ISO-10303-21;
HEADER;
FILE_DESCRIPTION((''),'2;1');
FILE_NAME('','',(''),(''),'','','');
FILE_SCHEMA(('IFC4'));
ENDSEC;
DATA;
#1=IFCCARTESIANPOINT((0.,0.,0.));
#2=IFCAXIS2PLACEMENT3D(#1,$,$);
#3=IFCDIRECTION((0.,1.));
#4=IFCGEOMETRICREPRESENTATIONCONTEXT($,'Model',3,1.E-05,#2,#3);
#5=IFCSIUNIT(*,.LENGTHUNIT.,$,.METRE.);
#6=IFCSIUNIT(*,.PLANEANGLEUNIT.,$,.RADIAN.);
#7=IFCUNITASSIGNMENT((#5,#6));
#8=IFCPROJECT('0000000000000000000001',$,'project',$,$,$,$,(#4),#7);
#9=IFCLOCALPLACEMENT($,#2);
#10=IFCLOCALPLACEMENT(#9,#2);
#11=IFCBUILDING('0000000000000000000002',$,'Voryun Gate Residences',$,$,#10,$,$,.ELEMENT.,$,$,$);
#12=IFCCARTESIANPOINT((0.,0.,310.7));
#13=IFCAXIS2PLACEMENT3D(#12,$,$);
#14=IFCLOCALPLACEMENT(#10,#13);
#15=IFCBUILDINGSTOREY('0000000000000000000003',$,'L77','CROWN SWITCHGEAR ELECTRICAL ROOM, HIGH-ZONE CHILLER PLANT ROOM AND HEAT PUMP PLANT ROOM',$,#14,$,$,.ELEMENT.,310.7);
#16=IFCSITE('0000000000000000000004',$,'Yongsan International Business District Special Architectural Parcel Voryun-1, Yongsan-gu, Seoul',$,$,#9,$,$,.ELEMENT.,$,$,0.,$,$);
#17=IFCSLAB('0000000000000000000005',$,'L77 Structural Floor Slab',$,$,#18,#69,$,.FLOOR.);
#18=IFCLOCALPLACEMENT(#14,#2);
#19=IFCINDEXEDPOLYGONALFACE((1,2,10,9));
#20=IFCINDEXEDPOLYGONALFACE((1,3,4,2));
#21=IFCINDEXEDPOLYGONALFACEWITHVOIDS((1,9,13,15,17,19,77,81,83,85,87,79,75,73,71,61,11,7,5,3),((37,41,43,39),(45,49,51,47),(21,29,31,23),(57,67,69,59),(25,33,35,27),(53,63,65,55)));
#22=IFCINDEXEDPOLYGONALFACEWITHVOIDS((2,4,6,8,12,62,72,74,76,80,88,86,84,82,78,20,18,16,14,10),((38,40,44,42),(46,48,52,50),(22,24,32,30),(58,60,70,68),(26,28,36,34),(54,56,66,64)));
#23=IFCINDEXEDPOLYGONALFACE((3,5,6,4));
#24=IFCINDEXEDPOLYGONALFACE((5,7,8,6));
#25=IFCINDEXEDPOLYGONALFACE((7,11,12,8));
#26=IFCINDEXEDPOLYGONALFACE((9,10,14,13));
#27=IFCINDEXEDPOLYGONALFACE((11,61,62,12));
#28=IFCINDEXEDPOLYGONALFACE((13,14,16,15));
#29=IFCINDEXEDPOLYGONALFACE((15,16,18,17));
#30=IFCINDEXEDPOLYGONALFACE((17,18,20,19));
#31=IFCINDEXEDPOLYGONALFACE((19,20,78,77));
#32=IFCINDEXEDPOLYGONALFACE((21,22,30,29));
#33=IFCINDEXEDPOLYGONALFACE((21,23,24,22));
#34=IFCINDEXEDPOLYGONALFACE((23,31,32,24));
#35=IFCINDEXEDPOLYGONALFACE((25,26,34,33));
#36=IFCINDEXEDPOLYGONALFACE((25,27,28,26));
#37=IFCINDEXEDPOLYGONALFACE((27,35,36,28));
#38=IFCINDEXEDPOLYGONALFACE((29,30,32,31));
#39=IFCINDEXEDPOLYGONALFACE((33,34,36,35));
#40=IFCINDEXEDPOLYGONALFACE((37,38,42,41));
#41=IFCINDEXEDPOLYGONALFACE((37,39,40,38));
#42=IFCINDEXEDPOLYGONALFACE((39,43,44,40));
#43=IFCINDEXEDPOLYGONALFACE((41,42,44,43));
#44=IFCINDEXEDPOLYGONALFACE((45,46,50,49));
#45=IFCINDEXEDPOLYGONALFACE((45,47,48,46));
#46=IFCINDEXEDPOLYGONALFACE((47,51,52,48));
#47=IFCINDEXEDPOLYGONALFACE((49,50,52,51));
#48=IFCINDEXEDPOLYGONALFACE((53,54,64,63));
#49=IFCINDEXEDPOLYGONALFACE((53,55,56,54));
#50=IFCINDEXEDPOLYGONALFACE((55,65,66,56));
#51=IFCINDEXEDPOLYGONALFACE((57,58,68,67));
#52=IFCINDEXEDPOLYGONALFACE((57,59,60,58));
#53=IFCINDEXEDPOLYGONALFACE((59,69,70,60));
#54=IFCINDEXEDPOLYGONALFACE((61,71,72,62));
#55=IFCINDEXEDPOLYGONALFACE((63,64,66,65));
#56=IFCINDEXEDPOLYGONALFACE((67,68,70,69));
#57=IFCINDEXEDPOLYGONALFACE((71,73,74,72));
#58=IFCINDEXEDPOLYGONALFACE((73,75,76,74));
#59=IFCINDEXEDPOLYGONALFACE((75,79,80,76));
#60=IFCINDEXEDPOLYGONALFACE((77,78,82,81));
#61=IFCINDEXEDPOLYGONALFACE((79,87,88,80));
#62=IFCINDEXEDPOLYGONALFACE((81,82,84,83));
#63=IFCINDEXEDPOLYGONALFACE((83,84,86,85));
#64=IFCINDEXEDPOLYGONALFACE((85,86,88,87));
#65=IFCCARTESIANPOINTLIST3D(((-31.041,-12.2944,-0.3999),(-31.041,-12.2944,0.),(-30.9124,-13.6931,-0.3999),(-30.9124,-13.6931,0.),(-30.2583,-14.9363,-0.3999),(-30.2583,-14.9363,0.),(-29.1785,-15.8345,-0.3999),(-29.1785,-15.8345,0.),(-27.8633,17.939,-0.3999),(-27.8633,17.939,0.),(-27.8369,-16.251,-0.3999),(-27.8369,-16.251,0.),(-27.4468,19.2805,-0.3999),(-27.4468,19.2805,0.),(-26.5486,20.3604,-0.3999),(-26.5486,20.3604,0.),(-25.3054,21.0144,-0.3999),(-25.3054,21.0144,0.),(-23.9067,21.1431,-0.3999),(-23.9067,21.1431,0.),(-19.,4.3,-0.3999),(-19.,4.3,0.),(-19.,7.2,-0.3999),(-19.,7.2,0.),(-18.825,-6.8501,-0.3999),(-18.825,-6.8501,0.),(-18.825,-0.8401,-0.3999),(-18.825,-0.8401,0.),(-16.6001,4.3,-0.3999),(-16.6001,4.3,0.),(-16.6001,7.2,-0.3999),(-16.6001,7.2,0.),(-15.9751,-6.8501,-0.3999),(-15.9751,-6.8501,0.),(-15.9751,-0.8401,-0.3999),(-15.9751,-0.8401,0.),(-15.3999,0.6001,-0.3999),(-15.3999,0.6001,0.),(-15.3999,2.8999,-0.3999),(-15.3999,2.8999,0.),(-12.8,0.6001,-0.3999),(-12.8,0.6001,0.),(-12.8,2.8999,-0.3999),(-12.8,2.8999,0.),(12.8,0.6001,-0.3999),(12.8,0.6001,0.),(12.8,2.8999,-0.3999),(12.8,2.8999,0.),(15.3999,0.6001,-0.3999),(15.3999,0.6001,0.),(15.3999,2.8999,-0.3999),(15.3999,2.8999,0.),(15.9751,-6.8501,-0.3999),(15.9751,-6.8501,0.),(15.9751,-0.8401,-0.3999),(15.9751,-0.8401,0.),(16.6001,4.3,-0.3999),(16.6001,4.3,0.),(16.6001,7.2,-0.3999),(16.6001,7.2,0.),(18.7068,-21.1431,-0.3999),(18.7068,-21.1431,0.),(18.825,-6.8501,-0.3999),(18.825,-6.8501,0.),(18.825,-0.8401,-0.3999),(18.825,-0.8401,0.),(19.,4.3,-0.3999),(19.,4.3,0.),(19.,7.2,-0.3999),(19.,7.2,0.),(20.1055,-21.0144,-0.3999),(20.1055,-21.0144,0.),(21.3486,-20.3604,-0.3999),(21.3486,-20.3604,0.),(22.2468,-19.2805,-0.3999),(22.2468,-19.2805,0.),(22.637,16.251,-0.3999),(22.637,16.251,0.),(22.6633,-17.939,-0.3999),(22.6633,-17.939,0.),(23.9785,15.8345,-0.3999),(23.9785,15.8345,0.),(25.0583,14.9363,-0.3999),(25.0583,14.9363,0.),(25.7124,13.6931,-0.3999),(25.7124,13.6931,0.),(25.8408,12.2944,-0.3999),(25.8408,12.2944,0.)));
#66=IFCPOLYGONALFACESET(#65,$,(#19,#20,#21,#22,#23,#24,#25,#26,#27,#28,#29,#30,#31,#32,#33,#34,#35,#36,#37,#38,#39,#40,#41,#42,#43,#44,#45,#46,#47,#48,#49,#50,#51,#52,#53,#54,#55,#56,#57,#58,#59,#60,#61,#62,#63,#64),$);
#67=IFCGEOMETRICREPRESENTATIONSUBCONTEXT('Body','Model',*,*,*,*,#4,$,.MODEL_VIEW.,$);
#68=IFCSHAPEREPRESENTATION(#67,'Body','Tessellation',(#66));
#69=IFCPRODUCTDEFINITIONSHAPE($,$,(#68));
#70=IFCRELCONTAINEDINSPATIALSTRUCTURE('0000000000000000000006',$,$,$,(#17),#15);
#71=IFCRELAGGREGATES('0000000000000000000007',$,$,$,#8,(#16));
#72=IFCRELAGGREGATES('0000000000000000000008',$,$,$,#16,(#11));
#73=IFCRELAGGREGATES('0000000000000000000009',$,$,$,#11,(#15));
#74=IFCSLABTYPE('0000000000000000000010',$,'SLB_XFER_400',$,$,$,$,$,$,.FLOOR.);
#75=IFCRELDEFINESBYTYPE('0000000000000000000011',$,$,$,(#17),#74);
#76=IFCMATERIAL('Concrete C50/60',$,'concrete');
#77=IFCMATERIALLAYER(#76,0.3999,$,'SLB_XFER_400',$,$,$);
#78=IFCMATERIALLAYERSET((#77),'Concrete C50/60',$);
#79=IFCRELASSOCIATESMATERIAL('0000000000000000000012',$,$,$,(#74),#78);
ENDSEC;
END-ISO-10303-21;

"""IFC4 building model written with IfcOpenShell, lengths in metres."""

from ifc_helpers import new_model, si_unit, direction, frame, origin, place, context, subcontext, project, spatial, polyline, outline, extrude, material, layer, layer_set, type_object, element, save


model = new_model("IFC4")

# Units and contexts
model_context = context("Model", 3, precision=1e-05, world=origin(), true_north=direction((0.0, 1.0)))
body_context = subcontext(model_context, "Body", "Model", "MODEL_VIEW")
ifc_project = project(units=[si_unit("LENGTHUNIT", "METRE"), si_unit("PLANEANGLEUNIT", "RADIAN")], contexts=[model_context])

# Site, building, storey
site_placement = place(None, origin())
site = spatial("IfcSite", under=ifc_project, at=site_placement, Name="Yongsan International Business District Special Architectural Parcel Voryun-1, Yongsan-gu, Seoul", CompositionType="ELEMENT", RefElevation=0.0)
building_placement = place(site_placement, origin())
building = spatial("IfcBuilding", under=site, at=building_placement, Name="Voryun Gate Residences", CompositionType="ELEMENT")
storey_placement = place(building_placement, frame((0.0, 0.0, 310.7)))
storey = spatial("IfcBuildingStorey", under=building, at=storey_placement, Name="L77", Description="CROWN SWITCHGEAR ELECTRICAL ROOM, HIGH-ZONE CHILLER PLANT ROOM AND HEAT PUMP PLANT ROOM", CompositionType="ELEMENT", Elevation=310.7)

# Slab
ifc_material_1 = material(Name="Concrete C50/60", Category="concrete")
ifc_layer_1 = layer(ifc_material_1, 0.3999, Name="SLB_XFER_400")
ifc_layer_set_1 = layer_set([ifc_layer_1], Name="Concrete C50/60")
slab_type_1 = type_object("IfcSlabType", Name="SLB_XFER_400", PredefinedType="FLOOR", material=ifc_layer_set_1)
slab_1_placement = place(storey_placement, frame((0.0, 0.0, -0.3999)))
element("IfcSlab", 1, at=slab_1_placement, inside=storey, type_object=slab_type_1, Name="L77 Structural Floor Slab", PredefinedType="FLOOR", context=body_context, shape_type="SweptSolid", body=[
    extrude(outline(polyline([(-27.8369, -16.251), (-29.1785, -15.8345), (-30.2583, -14.9363), (-30.9124, -13.6931), (-31.041, -12.2944), (-27.8633, 17.939), (-27.4468, 19.2805), (-26.5486, 20.3604), (-25.3054, 21.0144), (-23.9067, 21.1431), (22.637, 16.251), (23.9785, 15.8345), (25.0583, 14.9363), (25.7124, 13.6931), (25.8408, 12.2944), (22.6633, -17.939), (22.2468, -19.2805), (21.3486, -20.3604), (20.1055, -21.0144), (18.7068, -21.1431), (-27.8369, -16.251)]), holes=[polyline([(-15.9751, -0.8401), (-18.825, -0.8401), (-18.825, -6.8501), (-15.9751, -6.8501), (-15.9751, -0.8401)]), polyline([(18.825, -6.8501), (18.825, -0.8401), (15.9751, -0.8401), (15.9751, -6.8501), (18.825, -6.8501)]), polyline([(-12.8, 2.8999), (-15.3999, 2.8999), (-15.3999, 0.6001), (-12.8, 0.6001), (-12.8, 2.8999)]), polyline([(12.8, 2.8999), (12.8, 0.6001), (15.3999, 0.6001), (15.3999, 2.8999), (12.8, 2.8999)]), polyline([(-16.6001, 7.2), (-19.0, 7.2), (-19.0, 4.3), (-16.6001, 4.3), (-16.6001, 7.2)]), polyline([(19.0, 7.2), (16.6001, 7.2), (16.6001, 4.3), (19.0, 4.3), (19.0, 7.2)])]), origin(), (0.0, 0.0, 1.0), 0.3999),
])

save(model, "model.ifc")
